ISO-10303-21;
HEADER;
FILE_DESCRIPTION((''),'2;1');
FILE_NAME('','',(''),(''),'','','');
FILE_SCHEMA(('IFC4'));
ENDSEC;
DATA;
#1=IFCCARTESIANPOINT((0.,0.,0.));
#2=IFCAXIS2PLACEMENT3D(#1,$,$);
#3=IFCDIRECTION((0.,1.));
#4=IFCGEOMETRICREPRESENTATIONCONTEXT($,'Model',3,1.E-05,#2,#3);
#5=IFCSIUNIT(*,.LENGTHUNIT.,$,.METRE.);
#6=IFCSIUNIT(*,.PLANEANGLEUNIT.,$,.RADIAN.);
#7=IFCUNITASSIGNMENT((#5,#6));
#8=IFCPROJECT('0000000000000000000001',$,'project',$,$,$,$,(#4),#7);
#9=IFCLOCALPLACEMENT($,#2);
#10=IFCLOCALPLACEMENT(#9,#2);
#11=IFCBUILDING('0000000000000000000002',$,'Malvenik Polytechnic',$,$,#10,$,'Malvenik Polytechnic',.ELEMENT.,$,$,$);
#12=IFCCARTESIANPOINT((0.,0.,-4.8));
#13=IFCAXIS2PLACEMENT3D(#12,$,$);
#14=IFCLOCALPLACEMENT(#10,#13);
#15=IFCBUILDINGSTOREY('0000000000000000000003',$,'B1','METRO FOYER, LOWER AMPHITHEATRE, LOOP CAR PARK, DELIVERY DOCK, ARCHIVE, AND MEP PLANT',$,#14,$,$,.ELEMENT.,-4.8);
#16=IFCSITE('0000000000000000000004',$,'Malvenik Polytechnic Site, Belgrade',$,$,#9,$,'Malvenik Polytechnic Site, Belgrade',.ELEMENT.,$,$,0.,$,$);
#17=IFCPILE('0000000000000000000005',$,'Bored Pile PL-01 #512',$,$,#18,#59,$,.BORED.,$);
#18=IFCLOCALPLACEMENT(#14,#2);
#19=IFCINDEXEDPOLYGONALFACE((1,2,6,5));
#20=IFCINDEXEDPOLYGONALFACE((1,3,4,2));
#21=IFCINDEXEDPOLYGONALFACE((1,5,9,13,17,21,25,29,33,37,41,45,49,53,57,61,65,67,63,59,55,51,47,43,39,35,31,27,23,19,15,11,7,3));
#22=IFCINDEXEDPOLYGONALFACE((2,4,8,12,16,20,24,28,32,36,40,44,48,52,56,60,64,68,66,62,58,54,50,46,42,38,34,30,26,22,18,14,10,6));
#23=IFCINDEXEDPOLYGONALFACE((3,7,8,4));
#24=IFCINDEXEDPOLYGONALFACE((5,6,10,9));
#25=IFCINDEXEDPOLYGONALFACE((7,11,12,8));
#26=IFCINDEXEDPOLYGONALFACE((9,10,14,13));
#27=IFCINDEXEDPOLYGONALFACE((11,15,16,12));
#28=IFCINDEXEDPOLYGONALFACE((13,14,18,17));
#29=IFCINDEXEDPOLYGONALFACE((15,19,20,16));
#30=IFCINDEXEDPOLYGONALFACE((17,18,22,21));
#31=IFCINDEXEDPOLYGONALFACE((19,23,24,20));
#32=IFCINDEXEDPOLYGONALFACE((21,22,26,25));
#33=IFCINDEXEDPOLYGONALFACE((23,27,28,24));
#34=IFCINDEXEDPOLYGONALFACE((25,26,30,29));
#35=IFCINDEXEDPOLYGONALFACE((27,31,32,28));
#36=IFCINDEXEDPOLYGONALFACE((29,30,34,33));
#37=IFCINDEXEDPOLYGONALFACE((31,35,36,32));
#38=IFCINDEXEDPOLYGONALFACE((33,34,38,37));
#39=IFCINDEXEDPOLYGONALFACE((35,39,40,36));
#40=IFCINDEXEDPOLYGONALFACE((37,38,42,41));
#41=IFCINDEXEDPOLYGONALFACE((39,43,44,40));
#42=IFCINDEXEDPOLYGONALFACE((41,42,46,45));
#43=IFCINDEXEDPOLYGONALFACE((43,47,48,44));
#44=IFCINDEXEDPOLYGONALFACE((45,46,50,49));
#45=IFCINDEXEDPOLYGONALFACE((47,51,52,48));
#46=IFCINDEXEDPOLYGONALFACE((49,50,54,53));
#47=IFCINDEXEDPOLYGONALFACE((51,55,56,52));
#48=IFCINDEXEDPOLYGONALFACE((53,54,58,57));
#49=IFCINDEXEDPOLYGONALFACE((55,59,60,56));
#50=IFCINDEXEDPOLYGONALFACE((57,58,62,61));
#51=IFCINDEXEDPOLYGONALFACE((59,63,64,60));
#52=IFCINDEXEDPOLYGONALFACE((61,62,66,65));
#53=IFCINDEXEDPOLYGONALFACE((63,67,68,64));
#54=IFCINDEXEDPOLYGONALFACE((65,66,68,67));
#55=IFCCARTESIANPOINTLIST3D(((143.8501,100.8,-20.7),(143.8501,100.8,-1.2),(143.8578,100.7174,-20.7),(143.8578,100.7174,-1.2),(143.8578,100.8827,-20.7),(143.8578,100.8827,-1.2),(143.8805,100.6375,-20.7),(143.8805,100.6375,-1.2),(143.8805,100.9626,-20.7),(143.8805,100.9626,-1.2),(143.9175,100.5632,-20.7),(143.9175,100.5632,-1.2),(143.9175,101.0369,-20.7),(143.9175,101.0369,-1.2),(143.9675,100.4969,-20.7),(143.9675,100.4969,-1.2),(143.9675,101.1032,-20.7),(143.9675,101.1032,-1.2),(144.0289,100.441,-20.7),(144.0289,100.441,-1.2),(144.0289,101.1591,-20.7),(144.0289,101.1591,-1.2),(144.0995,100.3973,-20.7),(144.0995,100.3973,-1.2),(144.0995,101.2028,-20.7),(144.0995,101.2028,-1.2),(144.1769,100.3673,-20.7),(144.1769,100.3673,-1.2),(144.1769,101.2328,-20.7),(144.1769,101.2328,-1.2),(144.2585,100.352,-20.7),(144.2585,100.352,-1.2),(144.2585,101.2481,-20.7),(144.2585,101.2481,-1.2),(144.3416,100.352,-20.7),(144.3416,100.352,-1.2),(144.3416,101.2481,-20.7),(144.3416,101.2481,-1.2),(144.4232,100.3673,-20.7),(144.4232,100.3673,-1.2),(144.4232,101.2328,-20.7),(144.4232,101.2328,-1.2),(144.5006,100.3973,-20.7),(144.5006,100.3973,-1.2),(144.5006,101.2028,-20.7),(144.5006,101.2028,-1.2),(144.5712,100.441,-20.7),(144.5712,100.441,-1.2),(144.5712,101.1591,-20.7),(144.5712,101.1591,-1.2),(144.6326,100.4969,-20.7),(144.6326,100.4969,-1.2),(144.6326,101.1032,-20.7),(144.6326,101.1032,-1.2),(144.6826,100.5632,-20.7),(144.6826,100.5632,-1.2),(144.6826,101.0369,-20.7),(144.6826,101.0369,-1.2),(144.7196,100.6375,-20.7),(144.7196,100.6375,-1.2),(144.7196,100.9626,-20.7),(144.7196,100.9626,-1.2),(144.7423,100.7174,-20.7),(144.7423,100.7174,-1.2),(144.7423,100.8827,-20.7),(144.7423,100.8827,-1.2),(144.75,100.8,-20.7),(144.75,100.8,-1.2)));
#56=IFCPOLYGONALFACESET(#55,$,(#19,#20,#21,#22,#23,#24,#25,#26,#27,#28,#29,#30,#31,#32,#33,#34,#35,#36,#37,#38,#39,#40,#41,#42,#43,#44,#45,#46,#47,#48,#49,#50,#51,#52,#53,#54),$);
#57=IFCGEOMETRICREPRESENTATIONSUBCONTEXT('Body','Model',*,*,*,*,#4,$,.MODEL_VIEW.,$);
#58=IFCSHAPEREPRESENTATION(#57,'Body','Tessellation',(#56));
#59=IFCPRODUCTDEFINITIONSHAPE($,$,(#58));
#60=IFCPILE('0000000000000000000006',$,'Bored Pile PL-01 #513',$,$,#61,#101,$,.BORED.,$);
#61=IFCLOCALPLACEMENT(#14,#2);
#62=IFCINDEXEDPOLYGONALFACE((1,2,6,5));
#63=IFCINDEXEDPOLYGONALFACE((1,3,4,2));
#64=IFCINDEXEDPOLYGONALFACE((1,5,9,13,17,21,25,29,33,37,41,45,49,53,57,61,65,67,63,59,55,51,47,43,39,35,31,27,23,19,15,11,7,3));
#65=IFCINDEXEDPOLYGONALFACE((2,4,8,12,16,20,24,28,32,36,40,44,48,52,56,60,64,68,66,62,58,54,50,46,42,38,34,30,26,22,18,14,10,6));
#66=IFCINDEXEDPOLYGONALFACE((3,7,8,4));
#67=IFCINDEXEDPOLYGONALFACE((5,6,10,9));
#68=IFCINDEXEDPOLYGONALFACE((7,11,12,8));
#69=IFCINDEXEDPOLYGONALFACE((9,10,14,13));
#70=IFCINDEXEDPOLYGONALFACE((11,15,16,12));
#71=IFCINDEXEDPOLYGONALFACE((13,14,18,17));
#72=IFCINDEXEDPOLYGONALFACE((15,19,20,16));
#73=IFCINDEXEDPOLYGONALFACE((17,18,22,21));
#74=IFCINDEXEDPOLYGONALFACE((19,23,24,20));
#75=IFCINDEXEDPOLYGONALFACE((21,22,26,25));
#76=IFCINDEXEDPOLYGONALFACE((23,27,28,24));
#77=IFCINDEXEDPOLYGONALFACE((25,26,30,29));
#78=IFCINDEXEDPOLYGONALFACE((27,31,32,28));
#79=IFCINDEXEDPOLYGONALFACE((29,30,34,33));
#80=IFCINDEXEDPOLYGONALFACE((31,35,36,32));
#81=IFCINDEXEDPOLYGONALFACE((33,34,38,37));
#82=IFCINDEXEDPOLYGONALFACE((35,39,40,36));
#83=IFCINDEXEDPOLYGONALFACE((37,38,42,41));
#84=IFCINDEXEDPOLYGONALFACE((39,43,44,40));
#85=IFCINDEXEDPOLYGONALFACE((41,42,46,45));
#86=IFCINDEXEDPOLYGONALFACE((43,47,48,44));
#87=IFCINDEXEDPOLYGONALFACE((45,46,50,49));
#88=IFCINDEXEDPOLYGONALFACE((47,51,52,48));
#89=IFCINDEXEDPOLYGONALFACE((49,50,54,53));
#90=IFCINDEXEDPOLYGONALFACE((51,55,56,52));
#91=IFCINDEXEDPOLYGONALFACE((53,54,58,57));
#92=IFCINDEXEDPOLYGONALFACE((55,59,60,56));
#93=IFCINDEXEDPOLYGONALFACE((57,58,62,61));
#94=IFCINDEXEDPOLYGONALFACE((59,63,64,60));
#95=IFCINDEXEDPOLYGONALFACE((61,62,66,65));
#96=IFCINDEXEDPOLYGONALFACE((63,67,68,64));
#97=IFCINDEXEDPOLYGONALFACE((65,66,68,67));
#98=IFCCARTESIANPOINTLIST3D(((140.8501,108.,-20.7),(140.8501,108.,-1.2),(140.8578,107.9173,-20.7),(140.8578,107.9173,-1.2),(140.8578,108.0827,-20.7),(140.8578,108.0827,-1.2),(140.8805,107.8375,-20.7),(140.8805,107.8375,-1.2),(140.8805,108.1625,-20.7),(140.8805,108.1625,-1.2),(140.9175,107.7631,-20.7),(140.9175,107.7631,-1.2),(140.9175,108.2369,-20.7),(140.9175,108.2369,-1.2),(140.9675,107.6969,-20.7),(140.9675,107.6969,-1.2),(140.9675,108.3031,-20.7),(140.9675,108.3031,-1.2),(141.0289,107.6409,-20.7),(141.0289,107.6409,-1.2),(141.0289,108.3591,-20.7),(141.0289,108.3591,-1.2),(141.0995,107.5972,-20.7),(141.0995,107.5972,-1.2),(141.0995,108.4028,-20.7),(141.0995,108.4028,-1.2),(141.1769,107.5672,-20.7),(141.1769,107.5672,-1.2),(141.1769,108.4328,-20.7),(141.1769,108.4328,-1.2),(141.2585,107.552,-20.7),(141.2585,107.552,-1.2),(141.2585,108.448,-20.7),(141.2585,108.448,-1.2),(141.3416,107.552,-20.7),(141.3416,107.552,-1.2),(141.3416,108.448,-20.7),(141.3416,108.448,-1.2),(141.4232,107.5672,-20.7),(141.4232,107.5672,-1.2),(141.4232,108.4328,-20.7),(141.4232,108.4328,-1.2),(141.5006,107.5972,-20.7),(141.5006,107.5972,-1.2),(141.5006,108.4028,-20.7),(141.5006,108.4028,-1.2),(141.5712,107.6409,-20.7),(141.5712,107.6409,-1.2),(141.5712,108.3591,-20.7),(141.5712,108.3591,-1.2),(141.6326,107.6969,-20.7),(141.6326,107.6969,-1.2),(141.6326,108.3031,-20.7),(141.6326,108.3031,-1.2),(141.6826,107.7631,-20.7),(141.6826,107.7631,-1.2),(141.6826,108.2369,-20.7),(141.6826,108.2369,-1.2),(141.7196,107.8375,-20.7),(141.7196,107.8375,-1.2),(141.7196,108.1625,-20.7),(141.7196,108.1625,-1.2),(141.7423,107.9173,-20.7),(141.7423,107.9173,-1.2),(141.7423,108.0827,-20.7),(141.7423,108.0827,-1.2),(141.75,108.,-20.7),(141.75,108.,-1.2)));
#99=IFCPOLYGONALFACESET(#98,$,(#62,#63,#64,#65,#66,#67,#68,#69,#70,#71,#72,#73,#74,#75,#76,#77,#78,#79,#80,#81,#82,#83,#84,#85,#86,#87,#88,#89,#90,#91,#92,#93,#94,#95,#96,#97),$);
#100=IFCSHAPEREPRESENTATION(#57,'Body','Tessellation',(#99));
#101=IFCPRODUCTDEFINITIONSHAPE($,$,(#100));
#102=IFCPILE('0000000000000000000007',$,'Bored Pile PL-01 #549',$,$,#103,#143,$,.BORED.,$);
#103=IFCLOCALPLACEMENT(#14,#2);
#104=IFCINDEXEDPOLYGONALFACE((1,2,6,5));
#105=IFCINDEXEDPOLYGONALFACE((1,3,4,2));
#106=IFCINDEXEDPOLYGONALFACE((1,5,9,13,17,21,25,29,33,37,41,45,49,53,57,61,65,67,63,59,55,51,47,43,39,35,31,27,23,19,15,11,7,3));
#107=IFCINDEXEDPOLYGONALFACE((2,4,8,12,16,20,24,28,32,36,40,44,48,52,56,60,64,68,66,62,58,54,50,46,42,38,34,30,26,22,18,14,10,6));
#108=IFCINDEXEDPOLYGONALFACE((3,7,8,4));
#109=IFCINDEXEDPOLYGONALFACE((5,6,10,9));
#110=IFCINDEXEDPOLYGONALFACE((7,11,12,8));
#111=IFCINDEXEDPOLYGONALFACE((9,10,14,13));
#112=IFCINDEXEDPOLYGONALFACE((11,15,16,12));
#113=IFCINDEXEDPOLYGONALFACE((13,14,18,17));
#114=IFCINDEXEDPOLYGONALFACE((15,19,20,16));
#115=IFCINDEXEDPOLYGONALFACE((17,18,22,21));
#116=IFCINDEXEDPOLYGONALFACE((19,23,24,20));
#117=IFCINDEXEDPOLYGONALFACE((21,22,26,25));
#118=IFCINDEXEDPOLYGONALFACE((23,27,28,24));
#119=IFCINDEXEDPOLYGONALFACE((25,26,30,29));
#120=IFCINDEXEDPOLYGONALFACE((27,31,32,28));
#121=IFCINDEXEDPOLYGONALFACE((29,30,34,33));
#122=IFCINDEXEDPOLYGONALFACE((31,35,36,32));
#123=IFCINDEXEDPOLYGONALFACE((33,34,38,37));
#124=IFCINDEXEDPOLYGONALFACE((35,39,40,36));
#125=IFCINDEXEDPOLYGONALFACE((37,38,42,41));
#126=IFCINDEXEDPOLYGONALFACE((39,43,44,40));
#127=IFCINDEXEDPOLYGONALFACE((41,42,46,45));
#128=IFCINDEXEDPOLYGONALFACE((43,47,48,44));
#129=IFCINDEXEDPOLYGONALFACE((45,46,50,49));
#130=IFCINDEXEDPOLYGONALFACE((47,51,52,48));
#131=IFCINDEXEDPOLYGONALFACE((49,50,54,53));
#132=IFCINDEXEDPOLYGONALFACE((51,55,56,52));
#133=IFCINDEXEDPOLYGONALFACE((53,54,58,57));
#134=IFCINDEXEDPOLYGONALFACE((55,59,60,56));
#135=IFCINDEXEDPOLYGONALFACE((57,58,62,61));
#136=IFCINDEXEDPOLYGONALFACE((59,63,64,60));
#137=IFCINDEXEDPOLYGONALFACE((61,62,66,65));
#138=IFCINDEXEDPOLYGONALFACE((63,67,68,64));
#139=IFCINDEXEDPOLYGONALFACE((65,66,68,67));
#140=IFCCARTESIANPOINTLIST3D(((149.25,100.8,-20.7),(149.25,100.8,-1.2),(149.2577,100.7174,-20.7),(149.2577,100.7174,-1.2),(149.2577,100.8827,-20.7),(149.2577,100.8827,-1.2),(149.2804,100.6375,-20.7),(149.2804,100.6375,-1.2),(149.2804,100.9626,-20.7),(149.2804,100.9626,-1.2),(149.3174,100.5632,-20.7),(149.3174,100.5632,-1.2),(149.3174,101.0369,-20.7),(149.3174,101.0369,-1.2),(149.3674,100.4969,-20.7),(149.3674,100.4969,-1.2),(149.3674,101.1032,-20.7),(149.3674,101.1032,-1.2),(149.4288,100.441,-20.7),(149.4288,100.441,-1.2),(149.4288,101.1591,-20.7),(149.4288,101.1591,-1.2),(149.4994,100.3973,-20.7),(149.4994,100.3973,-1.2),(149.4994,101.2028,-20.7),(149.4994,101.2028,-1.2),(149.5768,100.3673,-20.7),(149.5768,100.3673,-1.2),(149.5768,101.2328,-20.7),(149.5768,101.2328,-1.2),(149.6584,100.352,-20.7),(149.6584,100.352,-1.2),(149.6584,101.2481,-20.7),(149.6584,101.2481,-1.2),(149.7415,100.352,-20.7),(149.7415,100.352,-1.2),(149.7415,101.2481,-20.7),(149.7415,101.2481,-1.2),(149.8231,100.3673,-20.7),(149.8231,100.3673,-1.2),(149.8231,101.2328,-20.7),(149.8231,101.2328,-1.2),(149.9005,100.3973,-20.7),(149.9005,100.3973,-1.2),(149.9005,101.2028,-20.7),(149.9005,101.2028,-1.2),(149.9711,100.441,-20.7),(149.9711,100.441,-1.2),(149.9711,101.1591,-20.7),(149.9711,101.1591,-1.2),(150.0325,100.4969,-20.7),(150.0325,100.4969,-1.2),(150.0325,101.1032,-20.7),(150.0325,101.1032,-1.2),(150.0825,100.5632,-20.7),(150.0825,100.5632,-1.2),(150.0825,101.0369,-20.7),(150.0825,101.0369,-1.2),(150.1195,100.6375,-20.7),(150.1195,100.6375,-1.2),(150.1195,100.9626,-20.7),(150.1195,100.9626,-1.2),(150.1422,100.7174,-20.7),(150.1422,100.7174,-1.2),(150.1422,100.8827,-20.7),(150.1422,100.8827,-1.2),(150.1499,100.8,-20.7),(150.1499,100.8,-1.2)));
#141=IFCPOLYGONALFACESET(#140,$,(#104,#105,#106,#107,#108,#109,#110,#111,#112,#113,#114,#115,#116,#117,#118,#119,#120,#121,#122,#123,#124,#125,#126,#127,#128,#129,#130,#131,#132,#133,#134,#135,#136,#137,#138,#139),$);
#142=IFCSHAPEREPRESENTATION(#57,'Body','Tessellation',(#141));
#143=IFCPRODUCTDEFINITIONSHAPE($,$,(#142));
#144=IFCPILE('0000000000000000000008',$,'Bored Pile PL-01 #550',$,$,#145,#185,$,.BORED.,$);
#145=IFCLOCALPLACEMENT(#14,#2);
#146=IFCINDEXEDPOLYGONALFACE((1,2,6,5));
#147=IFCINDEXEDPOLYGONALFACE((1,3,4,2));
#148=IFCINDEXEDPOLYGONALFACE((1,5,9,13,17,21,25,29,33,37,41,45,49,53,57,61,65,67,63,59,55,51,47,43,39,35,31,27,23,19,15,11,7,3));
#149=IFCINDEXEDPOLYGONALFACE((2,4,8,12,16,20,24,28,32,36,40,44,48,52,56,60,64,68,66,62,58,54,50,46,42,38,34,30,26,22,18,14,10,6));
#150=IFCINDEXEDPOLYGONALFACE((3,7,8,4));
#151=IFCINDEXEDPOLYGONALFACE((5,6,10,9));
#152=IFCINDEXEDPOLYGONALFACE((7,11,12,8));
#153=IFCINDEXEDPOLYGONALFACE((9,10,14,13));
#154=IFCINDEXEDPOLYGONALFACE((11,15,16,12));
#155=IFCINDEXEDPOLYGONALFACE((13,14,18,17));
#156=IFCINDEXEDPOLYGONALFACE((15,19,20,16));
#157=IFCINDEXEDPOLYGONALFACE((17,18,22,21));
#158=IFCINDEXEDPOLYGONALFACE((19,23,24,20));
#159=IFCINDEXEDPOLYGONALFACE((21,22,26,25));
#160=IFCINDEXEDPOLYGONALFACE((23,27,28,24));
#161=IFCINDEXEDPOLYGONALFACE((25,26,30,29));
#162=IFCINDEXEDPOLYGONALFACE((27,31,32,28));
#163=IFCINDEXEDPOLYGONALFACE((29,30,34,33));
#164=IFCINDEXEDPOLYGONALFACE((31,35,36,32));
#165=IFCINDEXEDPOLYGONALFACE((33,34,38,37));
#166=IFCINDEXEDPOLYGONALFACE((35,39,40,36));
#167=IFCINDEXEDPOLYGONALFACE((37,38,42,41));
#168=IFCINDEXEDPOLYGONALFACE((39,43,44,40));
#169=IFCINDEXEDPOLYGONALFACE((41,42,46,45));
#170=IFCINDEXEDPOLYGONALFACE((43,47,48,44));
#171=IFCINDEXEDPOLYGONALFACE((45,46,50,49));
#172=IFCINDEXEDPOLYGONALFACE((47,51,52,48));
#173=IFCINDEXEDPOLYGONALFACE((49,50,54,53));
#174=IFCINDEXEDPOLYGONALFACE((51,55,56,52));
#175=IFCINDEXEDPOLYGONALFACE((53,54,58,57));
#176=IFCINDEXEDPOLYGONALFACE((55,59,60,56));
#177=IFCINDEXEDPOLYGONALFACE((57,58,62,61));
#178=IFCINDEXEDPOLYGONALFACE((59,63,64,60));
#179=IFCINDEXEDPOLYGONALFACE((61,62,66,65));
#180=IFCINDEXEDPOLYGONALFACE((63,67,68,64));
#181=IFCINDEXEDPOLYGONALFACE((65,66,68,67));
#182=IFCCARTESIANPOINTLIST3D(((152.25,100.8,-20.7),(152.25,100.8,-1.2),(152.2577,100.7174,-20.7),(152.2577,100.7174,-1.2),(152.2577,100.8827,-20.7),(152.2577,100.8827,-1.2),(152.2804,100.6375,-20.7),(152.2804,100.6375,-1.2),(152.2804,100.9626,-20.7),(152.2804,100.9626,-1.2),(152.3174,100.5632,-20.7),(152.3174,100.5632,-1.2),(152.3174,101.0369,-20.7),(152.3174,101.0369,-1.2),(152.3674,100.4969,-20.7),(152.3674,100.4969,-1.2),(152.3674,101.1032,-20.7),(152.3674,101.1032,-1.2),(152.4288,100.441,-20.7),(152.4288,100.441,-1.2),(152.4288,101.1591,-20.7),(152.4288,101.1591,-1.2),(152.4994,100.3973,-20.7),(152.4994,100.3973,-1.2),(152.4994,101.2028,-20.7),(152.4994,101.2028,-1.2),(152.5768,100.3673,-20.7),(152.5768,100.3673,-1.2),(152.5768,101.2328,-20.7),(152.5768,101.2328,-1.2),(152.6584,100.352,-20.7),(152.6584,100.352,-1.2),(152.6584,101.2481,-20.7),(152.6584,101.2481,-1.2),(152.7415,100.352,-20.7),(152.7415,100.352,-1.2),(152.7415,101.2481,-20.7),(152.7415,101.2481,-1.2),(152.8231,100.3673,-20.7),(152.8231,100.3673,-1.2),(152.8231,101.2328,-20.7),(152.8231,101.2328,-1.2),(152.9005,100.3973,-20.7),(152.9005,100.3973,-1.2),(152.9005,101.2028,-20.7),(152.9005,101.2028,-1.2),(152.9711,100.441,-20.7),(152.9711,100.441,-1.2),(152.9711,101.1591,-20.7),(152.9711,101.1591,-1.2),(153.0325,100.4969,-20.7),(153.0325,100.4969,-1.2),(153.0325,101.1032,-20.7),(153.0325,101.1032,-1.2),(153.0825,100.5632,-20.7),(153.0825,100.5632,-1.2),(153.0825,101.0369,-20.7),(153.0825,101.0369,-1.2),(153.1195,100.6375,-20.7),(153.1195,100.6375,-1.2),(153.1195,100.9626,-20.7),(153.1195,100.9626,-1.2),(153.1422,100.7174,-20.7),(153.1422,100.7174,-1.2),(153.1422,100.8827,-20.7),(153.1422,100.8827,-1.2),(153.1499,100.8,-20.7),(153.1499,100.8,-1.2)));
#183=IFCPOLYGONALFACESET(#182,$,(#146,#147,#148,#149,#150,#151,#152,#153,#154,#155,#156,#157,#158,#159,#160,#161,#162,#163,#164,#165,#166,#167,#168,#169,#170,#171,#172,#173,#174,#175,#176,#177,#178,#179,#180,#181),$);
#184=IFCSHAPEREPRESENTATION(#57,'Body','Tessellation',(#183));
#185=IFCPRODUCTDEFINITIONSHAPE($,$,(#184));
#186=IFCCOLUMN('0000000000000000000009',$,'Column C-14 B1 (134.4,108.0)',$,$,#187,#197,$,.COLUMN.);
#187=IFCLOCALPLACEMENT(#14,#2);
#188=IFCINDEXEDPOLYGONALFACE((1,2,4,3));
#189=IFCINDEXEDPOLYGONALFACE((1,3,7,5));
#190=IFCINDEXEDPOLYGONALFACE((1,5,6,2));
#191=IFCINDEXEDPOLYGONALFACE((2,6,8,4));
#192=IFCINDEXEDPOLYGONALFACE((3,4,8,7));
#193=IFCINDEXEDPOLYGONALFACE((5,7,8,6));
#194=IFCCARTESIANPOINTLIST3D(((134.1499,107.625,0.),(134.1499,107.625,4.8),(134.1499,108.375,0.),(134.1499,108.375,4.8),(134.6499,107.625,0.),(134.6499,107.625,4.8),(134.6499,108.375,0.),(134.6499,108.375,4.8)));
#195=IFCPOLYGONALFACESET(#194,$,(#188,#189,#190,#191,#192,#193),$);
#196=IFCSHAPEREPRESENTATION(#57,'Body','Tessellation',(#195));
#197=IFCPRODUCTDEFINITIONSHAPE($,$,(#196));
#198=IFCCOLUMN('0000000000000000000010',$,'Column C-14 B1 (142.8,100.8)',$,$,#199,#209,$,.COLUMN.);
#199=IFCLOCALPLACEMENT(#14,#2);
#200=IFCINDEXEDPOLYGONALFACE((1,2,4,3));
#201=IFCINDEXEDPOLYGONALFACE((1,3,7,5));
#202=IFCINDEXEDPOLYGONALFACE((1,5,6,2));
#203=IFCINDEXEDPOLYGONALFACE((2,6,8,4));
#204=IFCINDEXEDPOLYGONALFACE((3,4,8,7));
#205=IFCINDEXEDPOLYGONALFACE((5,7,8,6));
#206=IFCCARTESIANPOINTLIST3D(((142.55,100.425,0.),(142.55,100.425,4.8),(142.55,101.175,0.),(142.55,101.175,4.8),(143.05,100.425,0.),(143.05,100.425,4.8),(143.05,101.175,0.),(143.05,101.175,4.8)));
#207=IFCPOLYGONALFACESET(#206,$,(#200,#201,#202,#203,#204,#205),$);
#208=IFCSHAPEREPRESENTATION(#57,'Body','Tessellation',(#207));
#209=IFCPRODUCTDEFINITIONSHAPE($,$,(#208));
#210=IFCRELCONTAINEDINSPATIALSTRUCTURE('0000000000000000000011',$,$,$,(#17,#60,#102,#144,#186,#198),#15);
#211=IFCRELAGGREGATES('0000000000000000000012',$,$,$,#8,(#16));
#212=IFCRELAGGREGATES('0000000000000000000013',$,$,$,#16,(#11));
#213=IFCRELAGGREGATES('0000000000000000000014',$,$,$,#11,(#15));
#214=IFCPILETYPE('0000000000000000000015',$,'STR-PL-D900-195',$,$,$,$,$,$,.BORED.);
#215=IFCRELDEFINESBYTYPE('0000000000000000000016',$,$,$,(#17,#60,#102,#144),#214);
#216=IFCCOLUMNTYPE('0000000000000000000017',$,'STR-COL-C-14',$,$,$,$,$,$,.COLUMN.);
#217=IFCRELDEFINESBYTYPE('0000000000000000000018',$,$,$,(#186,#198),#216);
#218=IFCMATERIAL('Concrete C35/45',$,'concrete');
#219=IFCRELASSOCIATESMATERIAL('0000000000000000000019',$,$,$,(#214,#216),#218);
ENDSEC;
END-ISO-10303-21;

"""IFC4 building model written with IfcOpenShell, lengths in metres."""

from ifc_helpers import new_model, si_unit, direction, frame, origin, origin_2d, place, context, subcontext, project, spatial, rectangle, circle, extrude, material, material_profile, profile_set, type_object, element, save


model = new_model("IFC4")

# Units and contexts
model_context = context("Model", 3, precision=1e-05, world=origin(), true_north=direction((0.0, 1.0)))
body_context = subcontext(model_context, "Body", "Model", "MODEL_VIEW")
ifc_project = project(units=[si_unit("LENGTHUNIT", "METRE"), si_unit("PLANEANGLEUNIT", "RADIAN")], contexts=[model_context])

# Site, building, storey
site_placement = place(None, origin())
site = spatial("IfcSite", under=ifc_project, at=site_placement, Name="Malvenik Polytechnic Site, Belgrade", LongName="Malvenik Polytechnic Site, Belgrade", CompositionType="ELEMENT", RefElevation=0.0)
building_placement = place(site_placement, origin())
building = spatial("IfcBuilding", under=site, at=building_placement, Name="Malvenik Polytechnic", LongName="Malvenik Polytechnic", CompositionType="ELEMENT")
storey_placement = place(building_placement, frame((0.0, 0.0, -4.8)))
storey = spatial("IfcBuildingStorey", under=building, at=storey_placement, Name="B1", Description="METRO FOYER, LOWER AMPHITHEATRE, LOOP CAR PARK, DELIVERY DOCK, ARCHIVE, AND MEP PLANT", CompositionType="ELEMENT", Elevation=-4.8)

# Shared definitions
ifc_material_1 = material(Name="Concrete C35/45", Category="concrete")

# Piles
ifc_material_profile_1 = material_profile(ifc_material_1, circle(Radius=0.45, at=origin_2d()), Name="BORED PILE D900")
ifc_profile_set_1 = profile_set([ifc_material_profile_1], Name="Concrete C35/45")
pile_type = type_object("IfcPileType", Name="STR-PL-D900-195", PredefinedType="BORED", material=ifc_profile_set_1)
for number, where, z_axis, x_axis, name in (
    (1, (144.3, 100.8, -1.2), (0.0, 0.0, -1.0), (1.0, 0.0, 0.0), "Bored Pile PL-01 #512"),
    (2, (141.3, 108.0, -1.2), (0.0, 0.0, -1.0), (1.0, 0.0, 0.0), "Bored Pile PL-01 #513"),
    (3, (149.7, 100.8, -1.2), (0.0, 0.0, -1.0), (1.0, 0.0, 0.0), "Bored Pile PL-01 #549"),
    (4, (152.7, 100.8, -1.2), (0.0, 0.0, -1.0), (1.0, 0.0, 0.0), "Bored Pile PL-01 #550"),
):
    element("IfcPile", number, at=place(storey_placement, frame(where, z_axis=z_axis, x_axis=x_axis)), inside=storey, type_object=pile_type, Name=name, PredefinedType="BORED", context=body_context, shape_type="SweptSolid", body=[
        extrude(circle(Radius=0.45, at=origin_2d()), origin(), (0.0, 0.0, 1.0), 19.5),
    ])

# Columns
ifc_material_profile_2 = material_profile(ifc_material_1, rectangle(XDim=0.5, YDim=0.75, at=origin_2d()), Name="RC COL 750x500")
ifc_profile_set_2 = profile_set([ifc_material_profile_2], Name="Concrete C35/45")
column_type = type_object("IfcColumnType", Name="STR-COL-C-14", PredefinedType="COLUMN", material=ifc_profile_set_2)
for number, where, z_axis, x_axis, name in (
    (5, (134.3999, 108.0, 0.0), (0.0, 0.0, 1.0), (1.0, 0.0, 0.0), "Column C-14 B1 (134.4,108.0)"),
    (6, (142.8, 100.8, 0.0), (0.0, 0.0, 1.0), (1.0, 0.0, 0.0), "Column C-14 B1 (142.8,100.8)"),
):
    element("IfcColumn", number, at=place(storey_placement, frame(where, z_axis=z_axis, x_axis=x_axis)), inside=storey, type_object=column_type, Name=name, PredefinedType="COLUMN", context=body_context, shape_type="SweptSolid", body=[
        extrude(rectangle(XDim=0.5, YDim=0.75, at=origin_2d()), origin(), (0.0, 0.0, 1.0), 4.8),
    ])

save(model, "model.ifc")
